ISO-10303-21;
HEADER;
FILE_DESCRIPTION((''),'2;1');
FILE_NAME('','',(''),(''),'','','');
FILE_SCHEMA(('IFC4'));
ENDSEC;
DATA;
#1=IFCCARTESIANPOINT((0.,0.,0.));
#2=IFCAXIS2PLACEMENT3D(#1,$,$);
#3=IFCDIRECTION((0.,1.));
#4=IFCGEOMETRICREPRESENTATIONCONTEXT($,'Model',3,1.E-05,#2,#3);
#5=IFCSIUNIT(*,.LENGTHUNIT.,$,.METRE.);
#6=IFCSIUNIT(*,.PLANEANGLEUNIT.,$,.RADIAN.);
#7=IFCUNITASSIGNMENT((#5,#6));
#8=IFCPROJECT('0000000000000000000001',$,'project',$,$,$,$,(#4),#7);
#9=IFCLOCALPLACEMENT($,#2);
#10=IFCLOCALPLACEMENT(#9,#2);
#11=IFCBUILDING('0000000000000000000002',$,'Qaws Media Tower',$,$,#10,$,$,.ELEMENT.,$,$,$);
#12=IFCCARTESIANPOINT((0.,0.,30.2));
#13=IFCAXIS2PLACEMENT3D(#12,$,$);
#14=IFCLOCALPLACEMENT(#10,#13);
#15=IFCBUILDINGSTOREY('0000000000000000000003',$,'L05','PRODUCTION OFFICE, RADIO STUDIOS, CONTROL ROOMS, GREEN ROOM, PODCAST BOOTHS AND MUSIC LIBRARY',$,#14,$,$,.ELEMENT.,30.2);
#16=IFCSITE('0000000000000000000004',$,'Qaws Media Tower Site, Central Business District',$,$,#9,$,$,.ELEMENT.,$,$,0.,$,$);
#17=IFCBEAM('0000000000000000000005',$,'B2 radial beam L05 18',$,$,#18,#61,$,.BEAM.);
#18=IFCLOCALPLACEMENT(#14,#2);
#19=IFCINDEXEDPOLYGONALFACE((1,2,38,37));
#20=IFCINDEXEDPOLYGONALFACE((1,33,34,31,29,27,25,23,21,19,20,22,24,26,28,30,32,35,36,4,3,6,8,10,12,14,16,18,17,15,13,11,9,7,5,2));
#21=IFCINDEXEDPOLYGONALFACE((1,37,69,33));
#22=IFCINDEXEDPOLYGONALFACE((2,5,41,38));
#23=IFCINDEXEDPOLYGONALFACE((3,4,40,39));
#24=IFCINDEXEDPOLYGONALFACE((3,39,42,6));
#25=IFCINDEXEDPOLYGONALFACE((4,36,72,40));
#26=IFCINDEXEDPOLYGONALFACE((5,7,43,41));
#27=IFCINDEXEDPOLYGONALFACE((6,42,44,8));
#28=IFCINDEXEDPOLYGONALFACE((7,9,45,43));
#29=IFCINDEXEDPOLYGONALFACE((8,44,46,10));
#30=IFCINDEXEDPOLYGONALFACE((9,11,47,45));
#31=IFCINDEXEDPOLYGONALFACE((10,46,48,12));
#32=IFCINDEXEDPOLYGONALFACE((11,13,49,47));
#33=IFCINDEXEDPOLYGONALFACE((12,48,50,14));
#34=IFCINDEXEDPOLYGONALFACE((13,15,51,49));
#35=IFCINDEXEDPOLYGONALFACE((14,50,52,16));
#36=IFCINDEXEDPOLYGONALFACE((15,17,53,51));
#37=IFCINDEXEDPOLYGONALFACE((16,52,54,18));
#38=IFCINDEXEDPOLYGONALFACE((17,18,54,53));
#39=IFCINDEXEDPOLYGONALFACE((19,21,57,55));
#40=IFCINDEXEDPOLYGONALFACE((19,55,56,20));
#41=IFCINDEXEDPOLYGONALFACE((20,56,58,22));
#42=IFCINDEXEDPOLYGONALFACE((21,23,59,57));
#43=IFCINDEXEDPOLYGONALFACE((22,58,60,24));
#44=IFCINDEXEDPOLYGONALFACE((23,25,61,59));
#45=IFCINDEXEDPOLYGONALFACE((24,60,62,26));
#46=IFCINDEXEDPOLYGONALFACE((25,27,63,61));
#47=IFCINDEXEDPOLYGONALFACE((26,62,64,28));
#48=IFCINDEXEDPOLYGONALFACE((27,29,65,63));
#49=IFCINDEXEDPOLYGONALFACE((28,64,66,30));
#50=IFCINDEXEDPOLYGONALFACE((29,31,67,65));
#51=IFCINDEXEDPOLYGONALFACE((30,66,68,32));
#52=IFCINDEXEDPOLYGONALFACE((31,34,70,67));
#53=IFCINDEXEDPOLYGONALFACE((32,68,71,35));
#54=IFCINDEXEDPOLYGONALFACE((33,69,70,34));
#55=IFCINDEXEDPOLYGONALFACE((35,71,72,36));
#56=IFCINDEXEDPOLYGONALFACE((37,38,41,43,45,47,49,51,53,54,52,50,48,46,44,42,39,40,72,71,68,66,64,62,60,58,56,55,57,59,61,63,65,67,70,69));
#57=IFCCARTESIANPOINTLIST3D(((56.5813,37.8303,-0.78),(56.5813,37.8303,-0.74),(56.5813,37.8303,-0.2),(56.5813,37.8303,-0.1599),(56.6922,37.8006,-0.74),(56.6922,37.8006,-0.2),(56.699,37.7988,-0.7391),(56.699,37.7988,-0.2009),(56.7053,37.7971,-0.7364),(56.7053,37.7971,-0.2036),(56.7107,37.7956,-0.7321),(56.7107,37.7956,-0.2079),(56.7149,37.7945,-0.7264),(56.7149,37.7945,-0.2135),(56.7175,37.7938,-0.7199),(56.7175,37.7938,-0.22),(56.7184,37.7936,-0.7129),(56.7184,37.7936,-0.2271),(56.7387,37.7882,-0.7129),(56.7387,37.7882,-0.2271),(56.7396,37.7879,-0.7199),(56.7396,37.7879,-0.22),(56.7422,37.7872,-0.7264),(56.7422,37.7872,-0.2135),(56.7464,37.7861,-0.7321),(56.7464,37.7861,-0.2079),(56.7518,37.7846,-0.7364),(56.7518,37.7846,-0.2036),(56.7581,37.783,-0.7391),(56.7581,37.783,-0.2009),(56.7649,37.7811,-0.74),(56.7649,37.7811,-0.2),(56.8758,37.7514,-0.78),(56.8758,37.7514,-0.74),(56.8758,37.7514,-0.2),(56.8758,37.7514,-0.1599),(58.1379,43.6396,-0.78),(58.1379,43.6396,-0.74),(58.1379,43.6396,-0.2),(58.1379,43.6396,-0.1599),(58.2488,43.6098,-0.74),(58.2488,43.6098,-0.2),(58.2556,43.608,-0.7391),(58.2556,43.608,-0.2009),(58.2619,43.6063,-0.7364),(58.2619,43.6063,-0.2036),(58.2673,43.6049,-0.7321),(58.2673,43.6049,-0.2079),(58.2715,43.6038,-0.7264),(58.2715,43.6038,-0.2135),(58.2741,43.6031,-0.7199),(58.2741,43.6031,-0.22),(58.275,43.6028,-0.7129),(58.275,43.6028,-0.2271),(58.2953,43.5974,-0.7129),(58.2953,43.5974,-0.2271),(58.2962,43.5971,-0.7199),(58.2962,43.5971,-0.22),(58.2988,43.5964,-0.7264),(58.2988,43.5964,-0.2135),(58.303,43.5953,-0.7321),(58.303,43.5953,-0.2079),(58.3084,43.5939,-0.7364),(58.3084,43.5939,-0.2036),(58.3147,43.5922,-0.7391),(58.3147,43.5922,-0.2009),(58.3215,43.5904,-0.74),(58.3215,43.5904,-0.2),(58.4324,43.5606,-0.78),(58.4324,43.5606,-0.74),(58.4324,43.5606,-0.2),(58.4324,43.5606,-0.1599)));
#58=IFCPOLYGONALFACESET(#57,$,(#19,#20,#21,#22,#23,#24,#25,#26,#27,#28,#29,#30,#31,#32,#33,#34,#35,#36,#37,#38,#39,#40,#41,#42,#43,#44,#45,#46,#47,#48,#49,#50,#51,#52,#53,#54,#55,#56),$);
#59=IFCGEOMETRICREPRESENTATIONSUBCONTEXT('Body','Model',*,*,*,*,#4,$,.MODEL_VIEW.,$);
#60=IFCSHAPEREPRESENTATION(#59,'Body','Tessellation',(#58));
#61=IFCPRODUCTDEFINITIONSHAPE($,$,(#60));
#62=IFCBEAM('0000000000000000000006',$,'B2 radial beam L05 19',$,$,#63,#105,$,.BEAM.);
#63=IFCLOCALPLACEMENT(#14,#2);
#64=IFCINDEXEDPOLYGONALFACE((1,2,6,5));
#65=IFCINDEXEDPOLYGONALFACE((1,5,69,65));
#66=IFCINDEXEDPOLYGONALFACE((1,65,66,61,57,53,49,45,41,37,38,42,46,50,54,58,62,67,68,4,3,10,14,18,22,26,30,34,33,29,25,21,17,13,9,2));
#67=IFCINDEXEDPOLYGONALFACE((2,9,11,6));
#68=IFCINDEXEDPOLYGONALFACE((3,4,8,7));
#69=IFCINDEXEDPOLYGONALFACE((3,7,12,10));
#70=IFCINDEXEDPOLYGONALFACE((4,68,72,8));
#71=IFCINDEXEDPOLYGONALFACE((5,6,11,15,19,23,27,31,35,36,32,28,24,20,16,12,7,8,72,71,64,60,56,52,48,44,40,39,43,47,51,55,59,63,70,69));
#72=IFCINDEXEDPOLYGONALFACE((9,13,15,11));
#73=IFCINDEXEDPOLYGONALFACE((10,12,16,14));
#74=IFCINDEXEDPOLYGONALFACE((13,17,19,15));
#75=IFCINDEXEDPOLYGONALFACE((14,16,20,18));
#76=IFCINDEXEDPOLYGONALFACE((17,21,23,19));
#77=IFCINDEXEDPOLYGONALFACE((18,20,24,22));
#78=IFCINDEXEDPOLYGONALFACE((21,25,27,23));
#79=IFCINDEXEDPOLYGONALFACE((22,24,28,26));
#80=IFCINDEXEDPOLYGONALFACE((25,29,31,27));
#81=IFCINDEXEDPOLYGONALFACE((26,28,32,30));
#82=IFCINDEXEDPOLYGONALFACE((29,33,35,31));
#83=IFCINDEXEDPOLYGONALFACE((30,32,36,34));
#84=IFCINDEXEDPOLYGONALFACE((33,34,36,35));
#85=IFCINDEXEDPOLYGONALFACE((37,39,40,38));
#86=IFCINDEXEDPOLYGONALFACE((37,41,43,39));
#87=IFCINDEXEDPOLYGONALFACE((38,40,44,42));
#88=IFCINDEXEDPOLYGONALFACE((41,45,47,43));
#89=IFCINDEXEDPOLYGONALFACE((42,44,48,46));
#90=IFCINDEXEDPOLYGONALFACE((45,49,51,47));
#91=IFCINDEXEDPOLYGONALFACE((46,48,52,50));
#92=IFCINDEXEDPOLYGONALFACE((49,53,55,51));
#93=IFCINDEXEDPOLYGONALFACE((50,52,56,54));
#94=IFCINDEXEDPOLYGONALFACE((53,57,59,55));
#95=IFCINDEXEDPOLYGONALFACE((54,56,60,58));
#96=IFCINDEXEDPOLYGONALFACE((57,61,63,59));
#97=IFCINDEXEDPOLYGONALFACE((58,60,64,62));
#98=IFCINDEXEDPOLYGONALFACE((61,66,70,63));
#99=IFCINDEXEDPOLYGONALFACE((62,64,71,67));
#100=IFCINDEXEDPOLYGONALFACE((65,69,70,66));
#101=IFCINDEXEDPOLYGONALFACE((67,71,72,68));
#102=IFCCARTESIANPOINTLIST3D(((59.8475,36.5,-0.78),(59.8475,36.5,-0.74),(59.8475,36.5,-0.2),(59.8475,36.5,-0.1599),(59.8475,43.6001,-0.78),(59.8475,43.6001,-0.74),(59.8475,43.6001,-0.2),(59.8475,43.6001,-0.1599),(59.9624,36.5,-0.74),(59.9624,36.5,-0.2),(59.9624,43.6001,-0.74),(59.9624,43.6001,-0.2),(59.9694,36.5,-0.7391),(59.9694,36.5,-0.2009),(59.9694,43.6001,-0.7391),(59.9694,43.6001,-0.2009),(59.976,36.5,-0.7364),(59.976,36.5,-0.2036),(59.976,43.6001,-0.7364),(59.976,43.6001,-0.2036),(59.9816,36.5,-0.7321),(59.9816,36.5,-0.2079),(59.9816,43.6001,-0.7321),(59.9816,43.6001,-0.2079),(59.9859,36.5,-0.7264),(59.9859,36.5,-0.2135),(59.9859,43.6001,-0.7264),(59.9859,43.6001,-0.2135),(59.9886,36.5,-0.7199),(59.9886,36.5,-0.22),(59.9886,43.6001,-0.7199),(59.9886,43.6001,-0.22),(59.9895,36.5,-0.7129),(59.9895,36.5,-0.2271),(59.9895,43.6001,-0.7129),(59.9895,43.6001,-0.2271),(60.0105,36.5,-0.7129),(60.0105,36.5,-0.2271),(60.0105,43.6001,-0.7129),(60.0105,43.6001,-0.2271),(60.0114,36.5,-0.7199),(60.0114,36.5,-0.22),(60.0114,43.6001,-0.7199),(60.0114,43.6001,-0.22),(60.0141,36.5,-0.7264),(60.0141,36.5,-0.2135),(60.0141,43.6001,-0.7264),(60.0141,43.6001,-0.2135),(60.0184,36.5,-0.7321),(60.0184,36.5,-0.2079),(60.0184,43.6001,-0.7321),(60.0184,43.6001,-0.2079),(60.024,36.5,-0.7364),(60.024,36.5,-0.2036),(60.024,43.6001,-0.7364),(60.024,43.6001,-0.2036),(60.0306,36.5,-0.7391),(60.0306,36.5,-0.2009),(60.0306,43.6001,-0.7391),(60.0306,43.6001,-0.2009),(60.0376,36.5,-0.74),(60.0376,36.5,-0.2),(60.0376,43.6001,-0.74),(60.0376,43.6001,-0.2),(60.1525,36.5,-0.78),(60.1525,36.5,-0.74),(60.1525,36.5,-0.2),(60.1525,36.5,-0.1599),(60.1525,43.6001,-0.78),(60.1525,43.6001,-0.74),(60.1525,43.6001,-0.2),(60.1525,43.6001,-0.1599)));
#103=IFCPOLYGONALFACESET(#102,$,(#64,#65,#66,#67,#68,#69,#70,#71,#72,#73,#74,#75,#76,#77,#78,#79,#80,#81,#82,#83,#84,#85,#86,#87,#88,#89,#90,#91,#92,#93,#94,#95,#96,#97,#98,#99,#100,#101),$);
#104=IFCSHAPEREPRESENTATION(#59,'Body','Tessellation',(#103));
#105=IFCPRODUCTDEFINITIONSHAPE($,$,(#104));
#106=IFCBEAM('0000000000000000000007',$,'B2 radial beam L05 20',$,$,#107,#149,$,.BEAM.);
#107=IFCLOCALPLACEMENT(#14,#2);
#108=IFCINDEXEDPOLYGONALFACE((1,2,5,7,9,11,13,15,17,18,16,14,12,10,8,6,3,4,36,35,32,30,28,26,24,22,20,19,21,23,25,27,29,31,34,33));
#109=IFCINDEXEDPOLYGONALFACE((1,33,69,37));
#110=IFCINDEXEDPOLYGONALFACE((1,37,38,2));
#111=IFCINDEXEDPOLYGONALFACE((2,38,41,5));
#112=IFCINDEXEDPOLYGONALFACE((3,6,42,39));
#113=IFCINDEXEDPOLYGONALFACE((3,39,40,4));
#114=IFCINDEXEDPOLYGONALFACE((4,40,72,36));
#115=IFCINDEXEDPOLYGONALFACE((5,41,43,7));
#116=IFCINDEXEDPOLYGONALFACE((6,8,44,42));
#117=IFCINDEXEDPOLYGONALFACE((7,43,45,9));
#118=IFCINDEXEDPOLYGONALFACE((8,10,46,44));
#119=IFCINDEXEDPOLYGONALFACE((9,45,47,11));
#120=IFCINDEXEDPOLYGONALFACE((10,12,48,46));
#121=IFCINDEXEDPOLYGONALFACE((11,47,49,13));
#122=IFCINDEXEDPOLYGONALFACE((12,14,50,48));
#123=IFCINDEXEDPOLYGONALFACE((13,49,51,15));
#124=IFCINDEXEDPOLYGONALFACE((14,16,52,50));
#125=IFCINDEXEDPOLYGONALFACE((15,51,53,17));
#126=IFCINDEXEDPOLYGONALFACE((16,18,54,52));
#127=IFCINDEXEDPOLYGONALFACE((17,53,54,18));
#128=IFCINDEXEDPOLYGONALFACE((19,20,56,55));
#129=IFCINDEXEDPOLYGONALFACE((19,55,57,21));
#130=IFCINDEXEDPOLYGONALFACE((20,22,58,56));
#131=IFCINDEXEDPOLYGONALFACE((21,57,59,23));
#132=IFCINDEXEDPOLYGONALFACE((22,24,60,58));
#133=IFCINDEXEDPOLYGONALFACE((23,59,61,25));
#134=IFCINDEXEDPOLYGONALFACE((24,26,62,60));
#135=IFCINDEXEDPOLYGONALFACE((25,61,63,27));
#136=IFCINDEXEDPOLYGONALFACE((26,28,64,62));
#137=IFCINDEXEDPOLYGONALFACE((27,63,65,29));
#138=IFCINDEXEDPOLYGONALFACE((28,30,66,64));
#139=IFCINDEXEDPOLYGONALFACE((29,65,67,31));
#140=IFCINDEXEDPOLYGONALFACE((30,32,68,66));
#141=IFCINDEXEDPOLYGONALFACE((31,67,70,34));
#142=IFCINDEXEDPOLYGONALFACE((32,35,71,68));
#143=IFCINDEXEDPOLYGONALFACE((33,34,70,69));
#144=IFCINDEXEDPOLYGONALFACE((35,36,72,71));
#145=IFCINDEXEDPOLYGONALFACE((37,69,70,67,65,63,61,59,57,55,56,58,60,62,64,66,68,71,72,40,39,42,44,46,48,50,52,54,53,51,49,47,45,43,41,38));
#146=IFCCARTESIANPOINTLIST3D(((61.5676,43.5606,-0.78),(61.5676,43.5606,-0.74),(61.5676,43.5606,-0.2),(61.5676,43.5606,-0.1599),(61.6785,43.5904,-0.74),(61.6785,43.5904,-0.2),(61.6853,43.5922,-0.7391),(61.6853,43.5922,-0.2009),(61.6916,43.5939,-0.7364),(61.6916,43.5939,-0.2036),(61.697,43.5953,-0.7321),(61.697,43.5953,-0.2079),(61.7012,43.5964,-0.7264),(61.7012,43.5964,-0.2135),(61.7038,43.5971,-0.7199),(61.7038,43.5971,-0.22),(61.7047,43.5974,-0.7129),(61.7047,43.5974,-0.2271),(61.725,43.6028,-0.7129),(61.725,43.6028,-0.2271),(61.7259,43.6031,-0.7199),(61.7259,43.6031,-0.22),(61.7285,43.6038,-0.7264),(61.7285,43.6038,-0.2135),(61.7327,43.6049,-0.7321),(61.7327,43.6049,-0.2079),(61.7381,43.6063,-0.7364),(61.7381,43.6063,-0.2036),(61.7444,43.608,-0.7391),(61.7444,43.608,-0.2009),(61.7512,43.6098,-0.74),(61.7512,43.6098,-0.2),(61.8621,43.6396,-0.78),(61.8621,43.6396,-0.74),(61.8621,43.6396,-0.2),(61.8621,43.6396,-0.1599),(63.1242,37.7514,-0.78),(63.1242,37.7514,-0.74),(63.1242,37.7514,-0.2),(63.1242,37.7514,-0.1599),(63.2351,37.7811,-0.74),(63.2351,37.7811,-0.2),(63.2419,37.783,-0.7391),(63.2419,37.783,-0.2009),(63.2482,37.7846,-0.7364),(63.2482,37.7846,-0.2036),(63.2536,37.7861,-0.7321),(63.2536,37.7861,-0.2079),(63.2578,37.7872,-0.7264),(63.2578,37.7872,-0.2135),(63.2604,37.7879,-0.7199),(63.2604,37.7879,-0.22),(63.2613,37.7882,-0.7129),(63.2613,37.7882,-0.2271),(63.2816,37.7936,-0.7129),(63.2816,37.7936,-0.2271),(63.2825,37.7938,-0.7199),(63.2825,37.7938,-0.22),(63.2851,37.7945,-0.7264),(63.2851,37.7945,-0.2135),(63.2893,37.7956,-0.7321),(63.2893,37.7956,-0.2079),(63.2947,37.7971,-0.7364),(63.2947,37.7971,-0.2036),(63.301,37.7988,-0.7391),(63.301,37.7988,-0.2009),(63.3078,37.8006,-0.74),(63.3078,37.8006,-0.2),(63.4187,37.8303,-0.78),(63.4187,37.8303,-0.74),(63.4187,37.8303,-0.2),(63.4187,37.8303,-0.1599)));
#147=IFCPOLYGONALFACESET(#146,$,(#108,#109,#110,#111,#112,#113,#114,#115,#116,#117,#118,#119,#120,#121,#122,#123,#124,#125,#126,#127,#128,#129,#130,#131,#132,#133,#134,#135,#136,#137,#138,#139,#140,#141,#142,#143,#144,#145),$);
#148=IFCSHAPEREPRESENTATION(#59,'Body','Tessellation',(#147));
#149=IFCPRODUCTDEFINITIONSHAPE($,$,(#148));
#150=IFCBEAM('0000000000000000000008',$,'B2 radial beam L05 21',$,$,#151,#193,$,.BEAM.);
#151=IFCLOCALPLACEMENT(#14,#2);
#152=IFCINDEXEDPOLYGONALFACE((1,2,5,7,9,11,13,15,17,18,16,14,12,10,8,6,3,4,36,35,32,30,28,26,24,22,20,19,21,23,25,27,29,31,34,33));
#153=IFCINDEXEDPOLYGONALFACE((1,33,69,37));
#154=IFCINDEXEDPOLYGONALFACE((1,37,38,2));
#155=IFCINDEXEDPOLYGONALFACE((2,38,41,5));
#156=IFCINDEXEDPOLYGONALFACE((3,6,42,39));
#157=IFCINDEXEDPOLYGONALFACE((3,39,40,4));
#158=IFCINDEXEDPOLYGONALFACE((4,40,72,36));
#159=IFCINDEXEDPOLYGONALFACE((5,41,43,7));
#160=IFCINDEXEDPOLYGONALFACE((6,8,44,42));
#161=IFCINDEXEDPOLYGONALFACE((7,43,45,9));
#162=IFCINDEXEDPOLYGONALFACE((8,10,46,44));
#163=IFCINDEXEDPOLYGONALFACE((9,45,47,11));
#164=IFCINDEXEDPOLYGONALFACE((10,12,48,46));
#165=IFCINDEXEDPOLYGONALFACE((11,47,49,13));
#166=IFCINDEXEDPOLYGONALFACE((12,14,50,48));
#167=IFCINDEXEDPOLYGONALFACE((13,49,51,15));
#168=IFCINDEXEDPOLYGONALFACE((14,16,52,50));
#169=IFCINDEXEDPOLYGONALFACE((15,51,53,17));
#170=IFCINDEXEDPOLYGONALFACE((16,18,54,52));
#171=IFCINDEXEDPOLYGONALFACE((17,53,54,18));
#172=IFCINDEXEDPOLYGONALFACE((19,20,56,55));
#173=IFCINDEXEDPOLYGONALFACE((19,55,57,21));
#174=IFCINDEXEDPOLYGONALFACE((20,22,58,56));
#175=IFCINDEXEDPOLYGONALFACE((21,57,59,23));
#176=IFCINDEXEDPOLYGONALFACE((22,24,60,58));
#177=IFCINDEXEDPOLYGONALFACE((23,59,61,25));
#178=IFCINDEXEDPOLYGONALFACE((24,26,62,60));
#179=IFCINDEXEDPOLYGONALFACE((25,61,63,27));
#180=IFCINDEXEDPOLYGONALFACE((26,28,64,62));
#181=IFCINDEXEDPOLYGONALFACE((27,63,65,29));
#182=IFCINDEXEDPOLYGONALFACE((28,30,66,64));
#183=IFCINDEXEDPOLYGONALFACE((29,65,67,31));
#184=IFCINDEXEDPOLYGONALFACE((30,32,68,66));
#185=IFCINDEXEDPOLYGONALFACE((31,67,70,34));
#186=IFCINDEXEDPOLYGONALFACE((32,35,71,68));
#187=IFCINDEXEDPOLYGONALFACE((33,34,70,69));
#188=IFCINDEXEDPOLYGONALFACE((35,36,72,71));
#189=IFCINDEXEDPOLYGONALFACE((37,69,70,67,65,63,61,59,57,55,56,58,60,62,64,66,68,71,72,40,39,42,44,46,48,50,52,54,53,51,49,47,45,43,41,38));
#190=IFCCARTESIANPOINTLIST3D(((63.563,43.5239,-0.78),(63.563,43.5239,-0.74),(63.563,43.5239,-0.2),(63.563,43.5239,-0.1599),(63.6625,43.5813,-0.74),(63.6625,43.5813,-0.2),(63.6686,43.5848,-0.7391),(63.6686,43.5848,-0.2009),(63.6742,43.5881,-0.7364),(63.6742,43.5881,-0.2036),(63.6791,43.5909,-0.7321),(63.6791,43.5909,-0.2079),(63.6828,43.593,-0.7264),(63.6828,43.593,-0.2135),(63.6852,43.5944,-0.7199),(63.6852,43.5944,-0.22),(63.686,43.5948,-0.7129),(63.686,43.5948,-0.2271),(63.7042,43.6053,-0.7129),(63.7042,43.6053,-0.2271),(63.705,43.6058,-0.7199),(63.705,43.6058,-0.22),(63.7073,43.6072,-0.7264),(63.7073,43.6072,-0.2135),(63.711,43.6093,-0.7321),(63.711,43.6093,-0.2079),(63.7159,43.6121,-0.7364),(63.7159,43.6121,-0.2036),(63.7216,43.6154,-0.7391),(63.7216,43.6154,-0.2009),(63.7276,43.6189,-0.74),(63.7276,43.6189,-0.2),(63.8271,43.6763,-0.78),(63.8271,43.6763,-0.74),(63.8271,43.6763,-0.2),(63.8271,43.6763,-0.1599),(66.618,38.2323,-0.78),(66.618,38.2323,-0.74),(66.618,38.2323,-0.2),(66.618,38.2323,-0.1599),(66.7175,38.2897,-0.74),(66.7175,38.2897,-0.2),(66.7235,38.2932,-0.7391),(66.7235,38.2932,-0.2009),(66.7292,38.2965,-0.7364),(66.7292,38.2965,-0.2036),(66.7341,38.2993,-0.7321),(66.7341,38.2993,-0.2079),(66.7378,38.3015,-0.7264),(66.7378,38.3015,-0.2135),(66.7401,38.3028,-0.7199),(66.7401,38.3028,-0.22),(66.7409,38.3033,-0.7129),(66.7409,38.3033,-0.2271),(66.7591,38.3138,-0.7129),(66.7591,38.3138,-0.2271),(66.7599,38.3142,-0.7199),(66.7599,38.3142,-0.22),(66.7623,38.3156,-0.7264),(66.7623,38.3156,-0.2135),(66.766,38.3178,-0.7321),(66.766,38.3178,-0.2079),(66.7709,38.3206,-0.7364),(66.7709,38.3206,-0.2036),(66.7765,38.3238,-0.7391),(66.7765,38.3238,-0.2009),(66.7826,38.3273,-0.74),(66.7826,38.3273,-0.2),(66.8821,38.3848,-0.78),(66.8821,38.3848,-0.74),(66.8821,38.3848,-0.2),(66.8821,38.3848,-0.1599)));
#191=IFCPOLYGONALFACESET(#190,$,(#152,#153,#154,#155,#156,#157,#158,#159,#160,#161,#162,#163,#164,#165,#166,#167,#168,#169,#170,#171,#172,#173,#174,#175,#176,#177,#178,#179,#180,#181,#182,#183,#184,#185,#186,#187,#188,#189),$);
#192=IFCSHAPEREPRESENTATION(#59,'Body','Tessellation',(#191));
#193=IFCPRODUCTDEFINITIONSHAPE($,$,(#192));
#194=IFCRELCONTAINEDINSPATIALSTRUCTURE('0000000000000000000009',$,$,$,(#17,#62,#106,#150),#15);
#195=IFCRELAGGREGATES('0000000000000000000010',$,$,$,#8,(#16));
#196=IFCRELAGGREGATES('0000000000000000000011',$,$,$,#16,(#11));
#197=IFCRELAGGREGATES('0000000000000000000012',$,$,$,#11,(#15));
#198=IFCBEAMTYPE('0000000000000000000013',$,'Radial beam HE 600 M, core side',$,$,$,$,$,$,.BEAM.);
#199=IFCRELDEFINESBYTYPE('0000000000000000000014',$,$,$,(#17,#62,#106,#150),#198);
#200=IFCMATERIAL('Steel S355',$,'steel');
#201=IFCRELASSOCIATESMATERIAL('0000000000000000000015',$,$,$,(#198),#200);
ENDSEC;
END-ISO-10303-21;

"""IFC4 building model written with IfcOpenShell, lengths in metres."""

from ifc_helpers import new_model, si_unit, direction, frame, origin, origin_2d, place, context, subcontext, project, spatial, i_section, extrude, material, material_profile, profile_set, type_object, element, save


model = new_model("IFC4")

# Units and contexts
model_context = context("Model", 3, precision=1e-05, world=origin(), true_north=direction((0.0, 1.0)))
body_context = subcontext(model_context, "Body", "Model", "MODEL_VIEW")
ifc_project = project(units=[si_unit("LENGTHUNIT", "METRE"), si_unit("PLANEANGLEUNIT", "RADIAN")], contexts=[model_context])

# Site, building, storey
site_placement = place(None, origin())
site = spatial("IfcSite", under=ifc_project, at=site_placement, Name="Qaws Media Tower Site, Central Business District", CompositionType="ELEMENT", RefElevation=0.0)
building_placement = place(site_placement, origin())
building = spatial("IfcBuilding", under=site, at=building_placement, Name="Qaws Media Tower", CompositionType="ELEMENT")
storey_placement = place(building_placement, frame((0.0, 0.0, 30.2)))
storey = spatial("IfcBuildingStorey", under=building, at=storey_placement, Name="L05", Description="PRODUCTION OFFICE, RADIO STUDIOS, CONTROL ROOMS, GREEN ROOM, PODCAST BOOTHS AND MUSIC LIBRARY", CompositionType="ELEMENT", Elevation=30.2)

# Beams
ifc_material_1 = material(Name="Steel S355", Category="steel")
ifc_material_profile_1 = material_profile(ifc_material_1, i_section(OverallWidth=0.3049, OverallDepth=0.6201, WebThickness=0.021, FlangeThickness=0.04, FilletRadius=0.0271, at=origin_2d()), Name="HE 600 M")
ifc_profile_set_1 = profile_set([ifc_material_profile_1], Name="Steel S355")
beam_type_1 = type_object("IfcBeamType", Name="Radial beam HE 600 M, core side", PredefinedType="BEAM", material=ifc_profile_set_1)
beam_1_placement = place(storey_placement, frame((58.2852, 43.6001, -0.47), z_axis=(-0.258825, -0.965924, 0.0), x_axis=(0.965924, -0.258825, 0.0)))
element("IfcBeam", 1, at=beam_1_placement, inside=storey, type_object=beam_type_1, Name="B2 radial beam L05 18", PredefinedType="BEAM", context=body_context, shape_type="SweptSolid", body=[
    extrude(i_section(OverallWidth=0.3049, OverallDepth=0.6201, WebThickness=0.021, FlangeThickness=0.04, FilletRadius=0.0271, at=origin_2d()), origin(), (0.0, 0.0, 1.0), 6.0142),
])
beam_2_placement = place(storey_placement, frame((60.0, 43.6001, -0.47), z_axis=(0.0, -1.0, 0.0), x_axis=(1.0, 0.0, 0.0)))
element("IfcBeam", 2, at=beam_2_placement, inside=storey, type_object=beam_type_1, Name="B2 radial beam L05 19", PredefinedType="BEAM", context=body_context, shape_type="SweptSolid", body=[
    extrude(i_section(OverallWidth=0.3049, OverallDepth=0.6201, WebThickness=0.021, FlangeThickness=0.04, FilletRadius=0.0271, at=origin_2d()), origin(), (0.0, 0.0, 1.0), 7.1001),
])
beam_3_placement = place(storey_placement, frame((61.7148, 43.6001, -0.47), z_axis=(0.258825, -0.965924, 0.0), x_axis=(0.965924, 0.258825, 0.0)))
element("IfcBeam", 3, at=beam_3_placement, inside=storey, type_object=beam_type_1, Name="B2 radial beam L05 20", PredefinedType="BEAM", context=body_context, shape_type="SweptSolid", body=[
    extrude(i_section(OverallWidth=0.3049, OverallDepth=0.6201, WebThickness=0.021, FlangeThickness=0.04, FilletRadius=0.0271, at=origin_2d()), origin(), (0.0, 0.0, 1.0), 6.0142),
])
beam_4_placement = place(storey_placement, frame((63.6951, 43.6001, -0.47), z_axis=(0.499985, -0.866034, 0.0), x_axis=(0.866034, 0.499985, 0.0)))
element("IfcBeam", 4, at=beam_4_placement, inside=storey, type_object=beam_type_1, Name="B2 radial beam L05 21", PredefinedType="BEAM", context=body_context, shape_type="SweptSolid", body=[
    extrude(i_section(OverallWidth=0.3049, OverallDepth=0.6201, WebThickness=0.021, FlangeThickness=0.04, FilletRadius=0.0271, at=origin_2d()), origin(), (0.0, 0.0, 1.0), 6.1101),
])

save(model, "model.ifc")
